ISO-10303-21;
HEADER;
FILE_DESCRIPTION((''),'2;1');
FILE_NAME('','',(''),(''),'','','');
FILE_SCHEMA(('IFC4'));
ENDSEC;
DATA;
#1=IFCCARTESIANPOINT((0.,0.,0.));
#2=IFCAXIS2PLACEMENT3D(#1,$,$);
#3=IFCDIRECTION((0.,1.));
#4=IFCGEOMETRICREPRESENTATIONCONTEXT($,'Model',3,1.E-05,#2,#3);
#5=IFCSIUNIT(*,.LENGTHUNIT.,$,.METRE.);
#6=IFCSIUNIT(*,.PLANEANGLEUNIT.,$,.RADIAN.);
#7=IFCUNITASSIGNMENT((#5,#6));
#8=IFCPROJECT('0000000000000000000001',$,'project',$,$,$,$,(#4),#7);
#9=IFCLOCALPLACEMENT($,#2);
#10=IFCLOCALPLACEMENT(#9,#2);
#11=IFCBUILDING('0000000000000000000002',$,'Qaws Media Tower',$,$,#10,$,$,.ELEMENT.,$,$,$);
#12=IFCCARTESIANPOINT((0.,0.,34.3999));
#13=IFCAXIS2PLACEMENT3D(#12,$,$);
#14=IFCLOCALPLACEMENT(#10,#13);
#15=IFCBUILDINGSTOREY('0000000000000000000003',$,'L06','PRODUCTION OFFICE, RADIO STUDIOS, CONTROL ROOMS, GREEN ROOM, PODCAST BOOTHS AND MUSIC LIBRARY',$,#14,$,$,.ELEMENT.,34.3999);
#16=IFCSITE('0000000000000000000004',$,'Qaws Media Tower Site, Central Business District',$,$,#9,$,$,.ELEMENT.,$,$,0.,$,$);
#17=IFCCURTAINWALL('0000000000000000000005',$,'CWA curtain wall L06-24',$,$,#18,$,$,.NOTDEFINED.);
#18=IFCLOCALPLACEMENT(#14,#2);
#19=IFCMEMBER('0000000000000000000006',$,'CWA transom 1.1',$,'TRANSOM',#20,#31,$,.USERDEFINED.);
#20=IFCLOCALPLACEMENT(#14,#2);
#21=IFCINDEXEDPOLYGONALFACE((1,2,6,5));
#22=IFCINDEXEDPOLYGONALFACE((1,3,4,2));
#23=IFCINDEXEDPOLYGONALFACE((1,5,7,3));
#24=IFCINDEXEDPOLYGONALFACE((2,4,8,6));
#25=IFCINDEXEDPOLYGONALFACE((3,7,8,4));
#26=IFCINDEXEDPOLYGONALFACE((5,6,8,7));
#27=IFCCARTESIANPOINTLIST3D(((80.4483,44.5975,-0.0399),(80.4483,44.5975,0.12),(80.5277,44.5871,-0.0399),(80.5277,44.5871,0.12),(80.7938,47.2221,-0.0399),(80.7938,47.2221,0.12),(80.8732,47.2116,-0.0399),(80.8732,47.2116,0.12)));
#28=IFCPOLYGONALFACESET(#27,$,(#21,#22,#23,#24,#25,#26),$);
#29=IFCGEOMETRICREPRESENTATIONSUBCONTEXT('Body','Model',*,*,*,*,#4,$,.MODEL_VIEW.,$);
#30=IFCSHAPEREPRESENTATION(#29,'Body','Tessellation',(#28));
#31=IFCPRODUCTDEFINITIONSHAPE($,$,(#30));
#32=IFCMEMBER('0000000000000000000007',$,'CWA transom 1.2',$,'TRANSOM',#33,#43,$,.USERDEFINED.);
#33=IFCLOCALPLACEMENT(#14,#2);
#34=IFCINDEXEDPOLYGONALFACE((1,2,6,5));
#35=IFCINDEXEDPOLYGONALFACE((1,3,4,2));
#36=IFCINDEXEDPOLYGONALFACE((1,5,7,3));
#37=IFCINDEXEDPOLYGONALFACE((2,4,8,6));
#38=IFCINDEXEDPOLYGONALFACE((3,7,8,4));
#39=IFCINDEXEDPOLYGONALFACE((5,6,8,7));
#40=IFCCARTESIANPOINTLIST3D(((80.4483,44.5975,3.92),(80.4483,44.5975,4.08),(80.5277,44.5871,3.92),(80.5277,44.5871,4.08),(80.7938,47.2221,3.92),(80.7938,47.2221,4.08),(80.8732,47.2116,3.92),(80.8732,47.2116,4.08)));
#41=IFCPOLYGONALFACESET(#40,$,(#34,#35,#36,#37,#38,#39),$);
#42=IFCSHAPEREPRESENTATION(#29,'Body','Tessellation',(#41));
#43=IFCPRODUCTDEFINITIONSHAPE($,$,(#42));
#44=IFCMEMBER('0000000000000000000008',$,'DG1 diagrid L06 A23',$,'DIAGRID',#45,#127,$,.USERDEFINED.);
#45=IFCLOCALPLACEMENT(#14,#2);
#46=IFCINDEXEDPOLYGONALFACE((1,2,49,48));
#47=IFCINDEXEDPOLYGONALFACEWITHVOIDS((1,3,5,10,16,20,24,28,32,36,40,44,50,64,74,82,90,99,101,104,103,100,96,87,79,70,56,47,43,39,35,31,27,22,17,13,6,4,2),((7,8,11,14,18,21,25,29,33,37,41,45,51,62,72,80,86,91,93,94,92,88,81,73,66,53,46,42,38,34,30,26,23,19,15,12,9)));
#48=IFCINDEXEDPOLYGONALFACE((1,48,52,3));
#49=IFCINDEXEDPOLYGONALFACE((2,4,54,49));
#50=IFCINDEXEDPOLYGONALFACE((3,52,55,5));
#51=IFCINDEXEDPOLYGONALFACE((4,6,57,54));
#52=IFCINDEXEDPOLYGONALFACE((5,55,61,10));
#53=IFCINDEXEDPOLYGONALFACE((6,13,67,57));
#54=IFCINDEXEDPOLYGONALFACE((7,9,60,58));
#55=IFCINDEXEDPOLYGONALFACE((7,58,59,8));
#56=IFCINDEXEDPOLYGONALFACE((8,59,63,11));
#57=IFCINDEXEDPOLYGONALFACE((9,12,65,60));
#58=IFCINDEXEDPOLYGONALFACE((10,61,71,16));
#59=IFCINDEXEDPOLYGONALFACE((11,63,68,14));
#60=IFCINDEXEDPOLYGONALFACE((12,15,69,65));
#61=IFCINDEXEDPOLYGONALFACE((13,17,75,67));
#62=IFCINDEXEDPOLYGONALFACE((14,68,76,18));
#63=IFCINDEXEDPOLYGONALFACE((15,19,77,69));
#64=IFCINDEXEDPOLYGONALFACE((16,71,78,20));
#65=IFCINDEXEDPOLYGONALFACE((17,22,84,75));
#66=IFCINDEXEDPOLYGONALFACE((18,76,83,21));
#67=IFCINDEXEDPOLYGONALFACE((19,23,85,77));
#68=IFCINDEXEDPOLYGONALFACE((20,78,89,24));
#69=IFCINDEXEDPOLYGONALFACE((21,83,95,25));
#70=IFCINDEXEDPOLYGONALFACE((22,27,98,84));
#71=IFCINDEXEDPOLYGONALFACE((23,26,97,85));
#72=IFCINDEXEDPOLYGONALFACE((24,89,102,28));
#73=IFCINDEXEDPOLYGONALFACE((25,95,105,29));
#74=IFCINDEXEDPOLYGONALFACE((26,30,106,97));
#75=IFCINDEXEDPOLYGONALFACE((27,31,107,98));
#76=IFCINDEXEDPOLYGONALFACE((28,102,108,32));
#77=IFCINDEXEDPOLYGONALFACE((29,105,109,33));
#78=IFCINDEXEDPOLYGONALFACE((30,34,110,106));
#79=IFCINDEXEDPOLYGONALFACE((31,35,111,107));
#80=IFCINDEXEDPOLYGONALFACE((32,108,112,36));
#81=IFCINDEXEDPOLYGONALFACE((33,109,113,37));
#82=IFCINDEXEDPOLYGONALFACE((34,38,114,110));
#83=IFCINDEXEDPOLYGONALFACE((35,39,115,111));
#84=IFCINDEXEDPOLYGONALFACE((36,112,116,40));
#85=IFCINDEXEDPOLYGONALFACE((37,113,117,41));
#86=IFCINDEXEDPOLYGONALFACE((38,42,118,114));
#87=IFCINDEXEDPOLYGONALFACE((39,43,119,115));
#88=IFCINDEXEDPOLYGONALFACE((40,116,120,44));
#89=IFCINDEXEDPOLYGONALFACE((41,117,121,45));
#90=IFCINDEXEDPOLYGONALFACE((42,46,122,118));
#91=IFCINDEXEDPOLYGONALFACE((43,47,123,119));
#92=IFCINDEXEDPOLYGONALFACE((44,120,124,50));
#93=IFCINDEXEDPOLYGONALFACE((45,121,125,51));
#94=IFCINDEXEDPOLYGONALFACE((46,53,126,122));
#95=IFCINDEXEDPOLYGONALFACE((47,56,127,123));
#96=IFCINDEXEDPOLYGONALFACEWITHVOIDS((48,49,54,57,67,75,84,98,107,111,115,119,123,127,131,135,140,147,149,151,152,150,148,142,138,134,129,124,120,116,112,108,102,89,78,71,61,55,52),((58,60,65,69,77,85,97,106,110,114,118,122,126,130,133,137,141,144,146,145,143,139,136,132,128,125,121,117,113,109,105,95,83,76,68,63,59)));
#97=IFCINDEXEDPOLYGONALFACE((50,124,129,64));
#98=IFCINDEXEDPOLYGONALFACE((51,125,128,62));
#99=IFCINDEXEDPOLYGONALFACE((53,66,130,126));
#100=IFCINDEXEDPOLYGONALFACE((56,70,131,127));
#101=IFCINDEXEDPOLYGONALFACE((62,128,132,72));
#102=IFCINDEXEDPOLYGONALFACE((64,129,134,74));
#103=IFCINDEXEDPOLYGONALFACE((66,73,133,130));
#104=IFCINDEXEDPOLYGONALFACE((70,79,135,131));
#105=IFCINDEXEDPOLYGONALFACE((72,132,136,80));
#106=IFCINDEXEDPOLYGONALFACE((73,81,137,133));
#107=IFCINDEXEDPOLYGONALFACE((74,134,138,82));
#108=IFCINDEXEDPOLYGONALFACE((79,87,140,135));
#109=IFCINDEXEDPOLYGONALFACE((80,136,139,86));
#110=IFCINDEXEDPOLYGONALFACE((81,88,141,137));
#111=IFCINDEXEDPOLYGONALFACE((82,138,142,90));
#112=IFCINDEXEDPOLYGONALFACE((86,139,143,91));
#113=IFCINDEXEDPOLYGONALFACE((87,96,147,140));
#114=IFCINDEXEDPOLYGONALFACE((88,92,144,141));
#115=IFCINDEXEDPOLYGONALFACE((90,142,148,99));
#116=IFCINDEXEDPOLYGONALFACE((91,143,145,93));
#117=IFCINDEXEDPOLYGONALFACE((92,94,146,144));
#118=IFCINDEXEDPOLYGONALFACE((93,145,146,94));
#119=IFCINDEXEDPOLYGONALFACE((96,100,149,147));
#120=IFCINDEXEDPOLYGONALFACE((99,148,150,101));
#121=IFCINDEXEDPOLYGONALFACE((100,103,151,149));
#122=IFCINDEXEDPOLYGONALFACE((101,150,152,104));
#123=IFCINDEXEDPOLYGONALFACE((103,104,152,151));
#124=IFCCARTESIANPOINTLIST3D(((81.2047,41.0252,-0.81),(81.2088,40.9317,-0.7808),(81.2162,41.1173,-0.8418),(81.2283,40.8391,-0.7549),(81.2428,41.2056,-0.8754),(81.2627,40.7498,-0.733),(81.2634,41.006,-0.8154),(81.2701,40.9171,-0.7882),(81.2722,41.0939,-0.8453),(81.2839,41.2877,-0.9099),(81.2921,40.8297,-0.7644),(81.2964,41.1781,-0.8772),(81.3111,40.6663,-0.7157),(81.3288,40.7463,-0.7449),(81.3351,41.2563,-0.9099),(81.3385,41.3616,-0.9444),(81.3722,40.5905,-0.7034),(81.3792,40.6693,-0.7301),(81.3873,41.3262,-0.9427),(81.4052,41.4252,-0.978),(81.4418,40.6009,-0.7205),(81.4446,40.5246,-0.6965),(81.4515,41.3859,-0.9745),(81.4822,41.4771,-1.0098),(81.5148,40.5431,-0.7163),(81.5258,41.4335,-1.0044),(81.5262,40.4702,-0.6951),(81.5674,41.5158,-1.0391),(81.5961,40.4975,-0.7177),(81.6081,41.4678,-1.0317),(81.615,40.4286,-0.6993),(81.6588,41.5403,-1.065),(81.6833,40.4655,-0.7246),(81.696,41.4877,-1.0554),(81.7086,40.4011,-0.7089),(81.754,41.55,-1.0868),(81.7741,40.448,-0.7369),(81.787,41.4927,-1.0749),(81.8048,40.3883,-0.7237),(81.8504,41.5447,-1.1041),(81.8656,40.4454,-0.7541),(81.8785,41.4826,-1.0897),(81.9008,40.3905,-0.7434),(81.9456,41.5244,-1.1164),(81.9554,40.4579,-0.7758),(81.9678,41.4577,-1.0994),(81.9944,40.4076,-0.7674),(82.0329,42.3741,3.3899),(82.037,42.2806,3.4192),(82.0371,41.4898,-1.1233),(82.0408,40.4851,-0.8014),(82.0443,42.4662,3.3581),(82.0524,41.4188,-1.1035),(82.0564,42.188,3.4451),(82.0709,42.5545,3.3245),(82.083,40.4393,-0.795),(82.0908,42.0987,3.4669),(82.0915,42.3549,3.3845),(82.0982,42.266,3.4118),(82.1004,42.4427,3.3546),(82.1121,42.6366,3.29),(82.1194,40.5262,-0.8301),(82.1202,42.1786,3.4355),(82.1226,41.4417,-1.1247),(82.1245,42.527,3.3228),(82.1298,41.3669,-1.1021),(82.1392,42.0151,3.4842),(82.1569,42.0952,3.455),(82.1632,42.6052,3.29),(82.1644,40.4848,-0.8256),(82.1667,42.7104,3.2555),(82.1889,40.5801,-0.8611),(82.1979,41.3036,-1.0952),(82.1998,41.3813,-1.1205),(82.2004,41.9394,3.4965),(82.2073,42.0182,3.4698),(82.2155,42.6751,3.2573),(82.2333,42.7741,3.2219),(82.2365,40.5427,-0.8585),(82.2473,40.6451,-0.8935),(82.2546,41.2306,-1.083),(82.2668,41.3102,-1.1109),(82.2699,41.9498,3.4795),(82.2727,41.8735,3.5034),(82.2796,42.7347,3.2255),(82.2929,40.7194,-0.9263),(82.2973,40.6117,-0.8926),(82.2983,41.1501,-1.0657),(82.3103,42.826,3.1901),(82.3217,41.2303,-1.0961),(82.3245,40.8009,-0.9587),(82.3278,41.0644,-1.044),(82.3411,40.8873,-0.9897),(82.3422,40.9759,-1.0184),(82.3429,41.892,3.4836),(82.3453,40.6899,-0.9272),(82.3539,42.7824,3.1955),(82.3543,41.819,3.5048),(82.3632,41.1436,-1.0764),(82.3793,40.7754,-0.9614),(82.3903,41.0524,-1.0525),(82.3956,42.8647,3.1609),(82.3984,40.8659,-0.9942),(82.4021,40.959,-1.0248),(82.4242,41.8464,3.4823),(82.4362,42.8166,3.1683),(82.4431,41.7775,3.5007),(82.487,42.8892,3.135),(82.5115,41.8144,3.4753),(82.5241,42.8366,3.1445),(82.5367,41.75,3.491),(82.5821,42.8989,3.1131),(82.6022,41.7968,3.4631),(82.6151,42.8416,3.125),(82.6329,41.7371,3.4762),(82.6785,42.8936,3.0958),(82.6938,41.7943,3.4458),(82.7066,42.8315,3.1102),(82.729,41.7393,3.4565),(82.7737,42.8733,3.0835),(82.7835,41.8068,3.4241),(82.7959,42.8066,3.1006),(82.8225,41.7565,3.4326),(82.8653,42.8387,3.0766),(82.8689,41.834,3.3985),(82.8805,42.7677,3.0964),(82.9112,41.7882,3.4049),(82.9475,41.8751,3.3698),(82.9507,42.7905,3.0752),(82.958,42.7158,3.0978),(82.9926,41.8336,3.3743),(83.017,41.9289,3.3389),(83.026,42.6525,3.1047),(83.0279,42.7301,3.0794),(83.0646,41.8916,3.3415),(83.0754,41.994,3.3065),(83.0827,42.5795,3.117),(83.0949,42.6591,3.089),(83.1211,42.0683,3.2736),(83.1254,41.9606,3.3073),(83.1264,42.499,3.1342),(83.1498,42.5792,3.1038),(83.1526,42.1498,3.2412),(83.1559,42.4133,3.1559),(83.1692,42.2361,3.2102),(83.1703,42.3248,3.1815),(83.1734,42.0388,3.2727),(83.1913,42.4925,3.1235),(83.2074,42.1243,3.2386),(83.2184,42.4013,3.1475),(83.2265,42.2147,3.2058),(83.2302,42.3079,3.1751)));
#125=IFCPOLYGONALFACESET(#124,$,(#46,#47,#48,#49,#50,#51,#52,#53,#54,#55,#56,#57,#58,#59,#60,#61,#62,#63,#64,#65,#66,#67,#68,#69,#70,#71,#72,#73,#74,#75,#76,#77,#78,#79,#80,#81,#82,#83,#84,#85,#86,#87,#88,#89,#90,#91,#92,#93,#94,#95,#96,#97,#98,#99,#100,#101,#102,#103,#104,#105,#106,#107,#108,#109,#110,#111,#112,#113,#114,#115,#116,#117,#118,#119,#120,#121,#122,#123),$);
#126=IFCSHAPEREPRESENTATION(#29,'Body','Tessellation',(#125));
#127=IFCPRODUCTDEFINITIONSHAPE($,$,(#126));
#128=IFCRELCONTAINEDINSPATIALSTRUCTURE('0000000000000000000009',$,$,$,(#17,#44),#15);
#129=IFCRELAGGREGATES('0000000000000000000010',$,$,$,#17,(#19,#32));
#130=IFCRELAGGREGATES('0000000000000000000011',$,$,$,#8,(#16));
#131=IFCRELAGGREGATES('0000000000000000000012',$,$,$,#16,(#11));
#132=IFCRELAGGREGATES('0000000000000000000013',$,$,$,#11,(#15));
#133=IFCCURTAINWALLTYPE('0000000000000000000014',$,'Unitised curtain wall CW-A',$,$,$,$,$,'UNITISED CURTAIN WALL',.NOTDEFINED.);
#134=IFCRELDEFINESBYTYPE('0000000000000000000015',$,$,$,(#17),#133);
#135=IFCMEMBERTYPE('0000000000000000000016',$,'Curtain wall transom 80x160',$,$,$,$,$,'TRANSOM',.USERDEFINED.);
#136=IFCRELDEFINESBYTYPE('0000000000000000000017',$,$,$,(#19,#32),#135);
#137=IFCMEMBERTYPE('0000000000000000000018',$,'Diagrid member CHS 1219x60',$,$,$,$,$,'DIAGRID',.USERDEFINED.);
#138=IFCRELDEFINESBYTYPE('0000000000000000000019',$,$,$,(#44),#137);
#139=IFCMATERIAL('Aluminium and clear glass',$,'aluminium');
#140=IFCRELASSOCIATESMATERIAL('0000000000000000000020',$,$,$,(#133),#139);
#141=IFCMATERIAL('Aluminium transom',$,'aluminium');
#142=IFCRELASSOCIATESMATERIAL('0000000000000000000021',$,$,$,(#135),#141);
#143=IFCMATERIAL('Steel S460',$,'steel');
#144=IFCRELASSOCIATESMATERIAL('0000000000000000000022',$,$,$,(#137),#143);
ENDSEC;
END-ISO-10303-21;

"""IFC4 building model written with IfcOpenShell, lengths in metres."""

from ifc_helpers import new_model, si_unit, direction, frame, origin, origin_2d, place, context, subcontext, project, spatial, rectangle, hollow_circle, extrude, material, material_profile, profile_set, type_object, element, aggregate, save


model = new_model("IFC4")

# Units and contexts
model_context = context("Model", 3, precision=1e-05, world=origin(), true_north=direction((0.0, 1.0)))
body_context = subcontext(model_context, "Body", "Model", "MODEL_VIEW")
ifc_project = project(units=[si_unit("LENGTHUNIT", "METRE"), si_unit("PLANEANGLEUNIT", "RADIAN")], contexts=[model_context])

# Site, building, storey
site_placement = place(None, origin())
site = spatial("IfcSite", under=ifc_project, at=site_placement, Name="Qaws Media Tower Site, Central Business District", CompositionType="ELEMENT", RefElevation=0.0)
building_placement = place(site_placement, origin())
building = spatial("IfcBuilding", under=site, at=building_placement, Name="Qaws Media Tower", CompositionType="ELEMENT")
storey_placement = place(building_placement, frame((0.0, 0.0, 34.3999)))
storey = spatial("IfcBuildingStorey", under=building, at=storey_placement, Name="L06", Description="PRODUCTION OFFICE, RADIO STUDIOS, CONTROL ROOMS, GREEN ROOM, PODCAST BOOTHS AND MUSIC LIBRARY", CompositionType="ELEMENT", Elevation=34.3999)

# Curtain wall
ifc_material_1 = material(Name="Aluminium and clear glass", Category="aluminium")
curtain_wall_type = type_object("IfcCurtainWallType", Name="Unitised curtain wall CW-A", ElementType="UNITISED CURTAIN WALL", PredefinedType="NOTDEFINED", material=ifc_material_1)
curtain_wall_1_placement = place(storey_placement, origin())
curtain_wall_1 = element("IfcCurtainWall", 1, at=curtain_wall_1_placement, inside=storey, type_object=curtain_wall_type, Name="CWA curtain wall L06-24", PredefinedType="NOTDEFINED")

# Members
ifc_material_2 = material(Name="Aluminium transom", Category="aluminium")
ifc_material_profile_1 = material_profile(ifc_material_2, rectangle(XDim=0.0801, YDim=0.1599, at=origin_2d()), Name="80x160")
ifc_profile_set_1 = profile_set([ifc_material_profile_1], Name="Aluminium transom")
member_type_1 = type_object("IfcMemberType", Name="Curtain wall transom 80x160", ElementType="TRANSOM", PredefinedType="USERDEFINED", material=ifc_profile_set_1)
member_1_placement = place(storey_placement, frame((80.488, 44.5923, 0.04), z_axis=(0.130502, 0.991448, 0.0), x_axis=(-0.991448, 0.130502, 0.0)))
member_1 = element("IfcMember", 2, at=member_1_placement, type_object=member_type_1, Name="CWA transom 1.1", ObjectType="TRANSOM", PredefinedType="USERDEFINED", context=body_context, shape_type="SweptSolid", body=[
    extrude(rectangle(XDim=0.0801, YDim=0.1599, at=origin_2d()), origin(), (0.0, 0.0, 1.0), 2.6472),
])
member_2_placement = place(storey_placement, frame((80.488, 44.5923, 4.0), z_axis=(0.130502, 0.991448, 0.0), x_axis=(-0.991448, 0.130502, 0.0)))
member_2 = element("IfcMember", 3, at=member_2_placement, type_object=member_type_1, Name="CWA transom 1.2", ObjectType="TRANSOM", PredefinedType="USERDEFINED", context=body_context, shape_type="SweptSolid", body=[
    extrude(rectangle(XDim=0.0801, YDim=0.1599, at=origin_2d()), origin(), (0.0, 0.0, 1.0), 2.6472),
])

# Member
ifc_material_3 = material(Name="Steel S460", Category="steel")
ifc_material_profile_2 = material_profile(ifc_material_3, hollow_circle(Radius=0.6096, WallThickness=0.0601, at=origin_2d()), Name="CHS 1219x60")
ifc_profile_set_2 = profile_set([ifc_material_profile_2], Name="Steel S460")
member_type_2 = type_object("IfcMemberType", Name="Diagrid member CHS 1219x60", ElementType="DIAGRID", PredefinedType="USERDEFINED", material=ifc_profile_set_2)
for number, where, z_axis, x_axis, name in (
    (4, (81.8035, 40.9688, -0.9099), (0.184507, 0.300532, 0.935755), (-0.852209, 0.523202, 0.0), "DG1 diagrid L06 A23"),
):
    element("IfcMember", number, at=place(storey_placement, frame(where, z_axis=z_axis, x_axis=x_axis)), inside=storey, type_object=member_type_2, Name=name, ObjectType="DIAGRID", PredefinedType="USERDEFINED", context=body_context, shape_type="SweptSolid", body=[
        extrude(hollow_circle(Radius=0.6096, WallThickness=0.0601, at=origin_2d()), origin(), (0.0, 0.0, 1.0), 4.4883),
    ])

aggregate(curtain_wall_1, [member_1, member_2])

save(model, "model.ifc")
